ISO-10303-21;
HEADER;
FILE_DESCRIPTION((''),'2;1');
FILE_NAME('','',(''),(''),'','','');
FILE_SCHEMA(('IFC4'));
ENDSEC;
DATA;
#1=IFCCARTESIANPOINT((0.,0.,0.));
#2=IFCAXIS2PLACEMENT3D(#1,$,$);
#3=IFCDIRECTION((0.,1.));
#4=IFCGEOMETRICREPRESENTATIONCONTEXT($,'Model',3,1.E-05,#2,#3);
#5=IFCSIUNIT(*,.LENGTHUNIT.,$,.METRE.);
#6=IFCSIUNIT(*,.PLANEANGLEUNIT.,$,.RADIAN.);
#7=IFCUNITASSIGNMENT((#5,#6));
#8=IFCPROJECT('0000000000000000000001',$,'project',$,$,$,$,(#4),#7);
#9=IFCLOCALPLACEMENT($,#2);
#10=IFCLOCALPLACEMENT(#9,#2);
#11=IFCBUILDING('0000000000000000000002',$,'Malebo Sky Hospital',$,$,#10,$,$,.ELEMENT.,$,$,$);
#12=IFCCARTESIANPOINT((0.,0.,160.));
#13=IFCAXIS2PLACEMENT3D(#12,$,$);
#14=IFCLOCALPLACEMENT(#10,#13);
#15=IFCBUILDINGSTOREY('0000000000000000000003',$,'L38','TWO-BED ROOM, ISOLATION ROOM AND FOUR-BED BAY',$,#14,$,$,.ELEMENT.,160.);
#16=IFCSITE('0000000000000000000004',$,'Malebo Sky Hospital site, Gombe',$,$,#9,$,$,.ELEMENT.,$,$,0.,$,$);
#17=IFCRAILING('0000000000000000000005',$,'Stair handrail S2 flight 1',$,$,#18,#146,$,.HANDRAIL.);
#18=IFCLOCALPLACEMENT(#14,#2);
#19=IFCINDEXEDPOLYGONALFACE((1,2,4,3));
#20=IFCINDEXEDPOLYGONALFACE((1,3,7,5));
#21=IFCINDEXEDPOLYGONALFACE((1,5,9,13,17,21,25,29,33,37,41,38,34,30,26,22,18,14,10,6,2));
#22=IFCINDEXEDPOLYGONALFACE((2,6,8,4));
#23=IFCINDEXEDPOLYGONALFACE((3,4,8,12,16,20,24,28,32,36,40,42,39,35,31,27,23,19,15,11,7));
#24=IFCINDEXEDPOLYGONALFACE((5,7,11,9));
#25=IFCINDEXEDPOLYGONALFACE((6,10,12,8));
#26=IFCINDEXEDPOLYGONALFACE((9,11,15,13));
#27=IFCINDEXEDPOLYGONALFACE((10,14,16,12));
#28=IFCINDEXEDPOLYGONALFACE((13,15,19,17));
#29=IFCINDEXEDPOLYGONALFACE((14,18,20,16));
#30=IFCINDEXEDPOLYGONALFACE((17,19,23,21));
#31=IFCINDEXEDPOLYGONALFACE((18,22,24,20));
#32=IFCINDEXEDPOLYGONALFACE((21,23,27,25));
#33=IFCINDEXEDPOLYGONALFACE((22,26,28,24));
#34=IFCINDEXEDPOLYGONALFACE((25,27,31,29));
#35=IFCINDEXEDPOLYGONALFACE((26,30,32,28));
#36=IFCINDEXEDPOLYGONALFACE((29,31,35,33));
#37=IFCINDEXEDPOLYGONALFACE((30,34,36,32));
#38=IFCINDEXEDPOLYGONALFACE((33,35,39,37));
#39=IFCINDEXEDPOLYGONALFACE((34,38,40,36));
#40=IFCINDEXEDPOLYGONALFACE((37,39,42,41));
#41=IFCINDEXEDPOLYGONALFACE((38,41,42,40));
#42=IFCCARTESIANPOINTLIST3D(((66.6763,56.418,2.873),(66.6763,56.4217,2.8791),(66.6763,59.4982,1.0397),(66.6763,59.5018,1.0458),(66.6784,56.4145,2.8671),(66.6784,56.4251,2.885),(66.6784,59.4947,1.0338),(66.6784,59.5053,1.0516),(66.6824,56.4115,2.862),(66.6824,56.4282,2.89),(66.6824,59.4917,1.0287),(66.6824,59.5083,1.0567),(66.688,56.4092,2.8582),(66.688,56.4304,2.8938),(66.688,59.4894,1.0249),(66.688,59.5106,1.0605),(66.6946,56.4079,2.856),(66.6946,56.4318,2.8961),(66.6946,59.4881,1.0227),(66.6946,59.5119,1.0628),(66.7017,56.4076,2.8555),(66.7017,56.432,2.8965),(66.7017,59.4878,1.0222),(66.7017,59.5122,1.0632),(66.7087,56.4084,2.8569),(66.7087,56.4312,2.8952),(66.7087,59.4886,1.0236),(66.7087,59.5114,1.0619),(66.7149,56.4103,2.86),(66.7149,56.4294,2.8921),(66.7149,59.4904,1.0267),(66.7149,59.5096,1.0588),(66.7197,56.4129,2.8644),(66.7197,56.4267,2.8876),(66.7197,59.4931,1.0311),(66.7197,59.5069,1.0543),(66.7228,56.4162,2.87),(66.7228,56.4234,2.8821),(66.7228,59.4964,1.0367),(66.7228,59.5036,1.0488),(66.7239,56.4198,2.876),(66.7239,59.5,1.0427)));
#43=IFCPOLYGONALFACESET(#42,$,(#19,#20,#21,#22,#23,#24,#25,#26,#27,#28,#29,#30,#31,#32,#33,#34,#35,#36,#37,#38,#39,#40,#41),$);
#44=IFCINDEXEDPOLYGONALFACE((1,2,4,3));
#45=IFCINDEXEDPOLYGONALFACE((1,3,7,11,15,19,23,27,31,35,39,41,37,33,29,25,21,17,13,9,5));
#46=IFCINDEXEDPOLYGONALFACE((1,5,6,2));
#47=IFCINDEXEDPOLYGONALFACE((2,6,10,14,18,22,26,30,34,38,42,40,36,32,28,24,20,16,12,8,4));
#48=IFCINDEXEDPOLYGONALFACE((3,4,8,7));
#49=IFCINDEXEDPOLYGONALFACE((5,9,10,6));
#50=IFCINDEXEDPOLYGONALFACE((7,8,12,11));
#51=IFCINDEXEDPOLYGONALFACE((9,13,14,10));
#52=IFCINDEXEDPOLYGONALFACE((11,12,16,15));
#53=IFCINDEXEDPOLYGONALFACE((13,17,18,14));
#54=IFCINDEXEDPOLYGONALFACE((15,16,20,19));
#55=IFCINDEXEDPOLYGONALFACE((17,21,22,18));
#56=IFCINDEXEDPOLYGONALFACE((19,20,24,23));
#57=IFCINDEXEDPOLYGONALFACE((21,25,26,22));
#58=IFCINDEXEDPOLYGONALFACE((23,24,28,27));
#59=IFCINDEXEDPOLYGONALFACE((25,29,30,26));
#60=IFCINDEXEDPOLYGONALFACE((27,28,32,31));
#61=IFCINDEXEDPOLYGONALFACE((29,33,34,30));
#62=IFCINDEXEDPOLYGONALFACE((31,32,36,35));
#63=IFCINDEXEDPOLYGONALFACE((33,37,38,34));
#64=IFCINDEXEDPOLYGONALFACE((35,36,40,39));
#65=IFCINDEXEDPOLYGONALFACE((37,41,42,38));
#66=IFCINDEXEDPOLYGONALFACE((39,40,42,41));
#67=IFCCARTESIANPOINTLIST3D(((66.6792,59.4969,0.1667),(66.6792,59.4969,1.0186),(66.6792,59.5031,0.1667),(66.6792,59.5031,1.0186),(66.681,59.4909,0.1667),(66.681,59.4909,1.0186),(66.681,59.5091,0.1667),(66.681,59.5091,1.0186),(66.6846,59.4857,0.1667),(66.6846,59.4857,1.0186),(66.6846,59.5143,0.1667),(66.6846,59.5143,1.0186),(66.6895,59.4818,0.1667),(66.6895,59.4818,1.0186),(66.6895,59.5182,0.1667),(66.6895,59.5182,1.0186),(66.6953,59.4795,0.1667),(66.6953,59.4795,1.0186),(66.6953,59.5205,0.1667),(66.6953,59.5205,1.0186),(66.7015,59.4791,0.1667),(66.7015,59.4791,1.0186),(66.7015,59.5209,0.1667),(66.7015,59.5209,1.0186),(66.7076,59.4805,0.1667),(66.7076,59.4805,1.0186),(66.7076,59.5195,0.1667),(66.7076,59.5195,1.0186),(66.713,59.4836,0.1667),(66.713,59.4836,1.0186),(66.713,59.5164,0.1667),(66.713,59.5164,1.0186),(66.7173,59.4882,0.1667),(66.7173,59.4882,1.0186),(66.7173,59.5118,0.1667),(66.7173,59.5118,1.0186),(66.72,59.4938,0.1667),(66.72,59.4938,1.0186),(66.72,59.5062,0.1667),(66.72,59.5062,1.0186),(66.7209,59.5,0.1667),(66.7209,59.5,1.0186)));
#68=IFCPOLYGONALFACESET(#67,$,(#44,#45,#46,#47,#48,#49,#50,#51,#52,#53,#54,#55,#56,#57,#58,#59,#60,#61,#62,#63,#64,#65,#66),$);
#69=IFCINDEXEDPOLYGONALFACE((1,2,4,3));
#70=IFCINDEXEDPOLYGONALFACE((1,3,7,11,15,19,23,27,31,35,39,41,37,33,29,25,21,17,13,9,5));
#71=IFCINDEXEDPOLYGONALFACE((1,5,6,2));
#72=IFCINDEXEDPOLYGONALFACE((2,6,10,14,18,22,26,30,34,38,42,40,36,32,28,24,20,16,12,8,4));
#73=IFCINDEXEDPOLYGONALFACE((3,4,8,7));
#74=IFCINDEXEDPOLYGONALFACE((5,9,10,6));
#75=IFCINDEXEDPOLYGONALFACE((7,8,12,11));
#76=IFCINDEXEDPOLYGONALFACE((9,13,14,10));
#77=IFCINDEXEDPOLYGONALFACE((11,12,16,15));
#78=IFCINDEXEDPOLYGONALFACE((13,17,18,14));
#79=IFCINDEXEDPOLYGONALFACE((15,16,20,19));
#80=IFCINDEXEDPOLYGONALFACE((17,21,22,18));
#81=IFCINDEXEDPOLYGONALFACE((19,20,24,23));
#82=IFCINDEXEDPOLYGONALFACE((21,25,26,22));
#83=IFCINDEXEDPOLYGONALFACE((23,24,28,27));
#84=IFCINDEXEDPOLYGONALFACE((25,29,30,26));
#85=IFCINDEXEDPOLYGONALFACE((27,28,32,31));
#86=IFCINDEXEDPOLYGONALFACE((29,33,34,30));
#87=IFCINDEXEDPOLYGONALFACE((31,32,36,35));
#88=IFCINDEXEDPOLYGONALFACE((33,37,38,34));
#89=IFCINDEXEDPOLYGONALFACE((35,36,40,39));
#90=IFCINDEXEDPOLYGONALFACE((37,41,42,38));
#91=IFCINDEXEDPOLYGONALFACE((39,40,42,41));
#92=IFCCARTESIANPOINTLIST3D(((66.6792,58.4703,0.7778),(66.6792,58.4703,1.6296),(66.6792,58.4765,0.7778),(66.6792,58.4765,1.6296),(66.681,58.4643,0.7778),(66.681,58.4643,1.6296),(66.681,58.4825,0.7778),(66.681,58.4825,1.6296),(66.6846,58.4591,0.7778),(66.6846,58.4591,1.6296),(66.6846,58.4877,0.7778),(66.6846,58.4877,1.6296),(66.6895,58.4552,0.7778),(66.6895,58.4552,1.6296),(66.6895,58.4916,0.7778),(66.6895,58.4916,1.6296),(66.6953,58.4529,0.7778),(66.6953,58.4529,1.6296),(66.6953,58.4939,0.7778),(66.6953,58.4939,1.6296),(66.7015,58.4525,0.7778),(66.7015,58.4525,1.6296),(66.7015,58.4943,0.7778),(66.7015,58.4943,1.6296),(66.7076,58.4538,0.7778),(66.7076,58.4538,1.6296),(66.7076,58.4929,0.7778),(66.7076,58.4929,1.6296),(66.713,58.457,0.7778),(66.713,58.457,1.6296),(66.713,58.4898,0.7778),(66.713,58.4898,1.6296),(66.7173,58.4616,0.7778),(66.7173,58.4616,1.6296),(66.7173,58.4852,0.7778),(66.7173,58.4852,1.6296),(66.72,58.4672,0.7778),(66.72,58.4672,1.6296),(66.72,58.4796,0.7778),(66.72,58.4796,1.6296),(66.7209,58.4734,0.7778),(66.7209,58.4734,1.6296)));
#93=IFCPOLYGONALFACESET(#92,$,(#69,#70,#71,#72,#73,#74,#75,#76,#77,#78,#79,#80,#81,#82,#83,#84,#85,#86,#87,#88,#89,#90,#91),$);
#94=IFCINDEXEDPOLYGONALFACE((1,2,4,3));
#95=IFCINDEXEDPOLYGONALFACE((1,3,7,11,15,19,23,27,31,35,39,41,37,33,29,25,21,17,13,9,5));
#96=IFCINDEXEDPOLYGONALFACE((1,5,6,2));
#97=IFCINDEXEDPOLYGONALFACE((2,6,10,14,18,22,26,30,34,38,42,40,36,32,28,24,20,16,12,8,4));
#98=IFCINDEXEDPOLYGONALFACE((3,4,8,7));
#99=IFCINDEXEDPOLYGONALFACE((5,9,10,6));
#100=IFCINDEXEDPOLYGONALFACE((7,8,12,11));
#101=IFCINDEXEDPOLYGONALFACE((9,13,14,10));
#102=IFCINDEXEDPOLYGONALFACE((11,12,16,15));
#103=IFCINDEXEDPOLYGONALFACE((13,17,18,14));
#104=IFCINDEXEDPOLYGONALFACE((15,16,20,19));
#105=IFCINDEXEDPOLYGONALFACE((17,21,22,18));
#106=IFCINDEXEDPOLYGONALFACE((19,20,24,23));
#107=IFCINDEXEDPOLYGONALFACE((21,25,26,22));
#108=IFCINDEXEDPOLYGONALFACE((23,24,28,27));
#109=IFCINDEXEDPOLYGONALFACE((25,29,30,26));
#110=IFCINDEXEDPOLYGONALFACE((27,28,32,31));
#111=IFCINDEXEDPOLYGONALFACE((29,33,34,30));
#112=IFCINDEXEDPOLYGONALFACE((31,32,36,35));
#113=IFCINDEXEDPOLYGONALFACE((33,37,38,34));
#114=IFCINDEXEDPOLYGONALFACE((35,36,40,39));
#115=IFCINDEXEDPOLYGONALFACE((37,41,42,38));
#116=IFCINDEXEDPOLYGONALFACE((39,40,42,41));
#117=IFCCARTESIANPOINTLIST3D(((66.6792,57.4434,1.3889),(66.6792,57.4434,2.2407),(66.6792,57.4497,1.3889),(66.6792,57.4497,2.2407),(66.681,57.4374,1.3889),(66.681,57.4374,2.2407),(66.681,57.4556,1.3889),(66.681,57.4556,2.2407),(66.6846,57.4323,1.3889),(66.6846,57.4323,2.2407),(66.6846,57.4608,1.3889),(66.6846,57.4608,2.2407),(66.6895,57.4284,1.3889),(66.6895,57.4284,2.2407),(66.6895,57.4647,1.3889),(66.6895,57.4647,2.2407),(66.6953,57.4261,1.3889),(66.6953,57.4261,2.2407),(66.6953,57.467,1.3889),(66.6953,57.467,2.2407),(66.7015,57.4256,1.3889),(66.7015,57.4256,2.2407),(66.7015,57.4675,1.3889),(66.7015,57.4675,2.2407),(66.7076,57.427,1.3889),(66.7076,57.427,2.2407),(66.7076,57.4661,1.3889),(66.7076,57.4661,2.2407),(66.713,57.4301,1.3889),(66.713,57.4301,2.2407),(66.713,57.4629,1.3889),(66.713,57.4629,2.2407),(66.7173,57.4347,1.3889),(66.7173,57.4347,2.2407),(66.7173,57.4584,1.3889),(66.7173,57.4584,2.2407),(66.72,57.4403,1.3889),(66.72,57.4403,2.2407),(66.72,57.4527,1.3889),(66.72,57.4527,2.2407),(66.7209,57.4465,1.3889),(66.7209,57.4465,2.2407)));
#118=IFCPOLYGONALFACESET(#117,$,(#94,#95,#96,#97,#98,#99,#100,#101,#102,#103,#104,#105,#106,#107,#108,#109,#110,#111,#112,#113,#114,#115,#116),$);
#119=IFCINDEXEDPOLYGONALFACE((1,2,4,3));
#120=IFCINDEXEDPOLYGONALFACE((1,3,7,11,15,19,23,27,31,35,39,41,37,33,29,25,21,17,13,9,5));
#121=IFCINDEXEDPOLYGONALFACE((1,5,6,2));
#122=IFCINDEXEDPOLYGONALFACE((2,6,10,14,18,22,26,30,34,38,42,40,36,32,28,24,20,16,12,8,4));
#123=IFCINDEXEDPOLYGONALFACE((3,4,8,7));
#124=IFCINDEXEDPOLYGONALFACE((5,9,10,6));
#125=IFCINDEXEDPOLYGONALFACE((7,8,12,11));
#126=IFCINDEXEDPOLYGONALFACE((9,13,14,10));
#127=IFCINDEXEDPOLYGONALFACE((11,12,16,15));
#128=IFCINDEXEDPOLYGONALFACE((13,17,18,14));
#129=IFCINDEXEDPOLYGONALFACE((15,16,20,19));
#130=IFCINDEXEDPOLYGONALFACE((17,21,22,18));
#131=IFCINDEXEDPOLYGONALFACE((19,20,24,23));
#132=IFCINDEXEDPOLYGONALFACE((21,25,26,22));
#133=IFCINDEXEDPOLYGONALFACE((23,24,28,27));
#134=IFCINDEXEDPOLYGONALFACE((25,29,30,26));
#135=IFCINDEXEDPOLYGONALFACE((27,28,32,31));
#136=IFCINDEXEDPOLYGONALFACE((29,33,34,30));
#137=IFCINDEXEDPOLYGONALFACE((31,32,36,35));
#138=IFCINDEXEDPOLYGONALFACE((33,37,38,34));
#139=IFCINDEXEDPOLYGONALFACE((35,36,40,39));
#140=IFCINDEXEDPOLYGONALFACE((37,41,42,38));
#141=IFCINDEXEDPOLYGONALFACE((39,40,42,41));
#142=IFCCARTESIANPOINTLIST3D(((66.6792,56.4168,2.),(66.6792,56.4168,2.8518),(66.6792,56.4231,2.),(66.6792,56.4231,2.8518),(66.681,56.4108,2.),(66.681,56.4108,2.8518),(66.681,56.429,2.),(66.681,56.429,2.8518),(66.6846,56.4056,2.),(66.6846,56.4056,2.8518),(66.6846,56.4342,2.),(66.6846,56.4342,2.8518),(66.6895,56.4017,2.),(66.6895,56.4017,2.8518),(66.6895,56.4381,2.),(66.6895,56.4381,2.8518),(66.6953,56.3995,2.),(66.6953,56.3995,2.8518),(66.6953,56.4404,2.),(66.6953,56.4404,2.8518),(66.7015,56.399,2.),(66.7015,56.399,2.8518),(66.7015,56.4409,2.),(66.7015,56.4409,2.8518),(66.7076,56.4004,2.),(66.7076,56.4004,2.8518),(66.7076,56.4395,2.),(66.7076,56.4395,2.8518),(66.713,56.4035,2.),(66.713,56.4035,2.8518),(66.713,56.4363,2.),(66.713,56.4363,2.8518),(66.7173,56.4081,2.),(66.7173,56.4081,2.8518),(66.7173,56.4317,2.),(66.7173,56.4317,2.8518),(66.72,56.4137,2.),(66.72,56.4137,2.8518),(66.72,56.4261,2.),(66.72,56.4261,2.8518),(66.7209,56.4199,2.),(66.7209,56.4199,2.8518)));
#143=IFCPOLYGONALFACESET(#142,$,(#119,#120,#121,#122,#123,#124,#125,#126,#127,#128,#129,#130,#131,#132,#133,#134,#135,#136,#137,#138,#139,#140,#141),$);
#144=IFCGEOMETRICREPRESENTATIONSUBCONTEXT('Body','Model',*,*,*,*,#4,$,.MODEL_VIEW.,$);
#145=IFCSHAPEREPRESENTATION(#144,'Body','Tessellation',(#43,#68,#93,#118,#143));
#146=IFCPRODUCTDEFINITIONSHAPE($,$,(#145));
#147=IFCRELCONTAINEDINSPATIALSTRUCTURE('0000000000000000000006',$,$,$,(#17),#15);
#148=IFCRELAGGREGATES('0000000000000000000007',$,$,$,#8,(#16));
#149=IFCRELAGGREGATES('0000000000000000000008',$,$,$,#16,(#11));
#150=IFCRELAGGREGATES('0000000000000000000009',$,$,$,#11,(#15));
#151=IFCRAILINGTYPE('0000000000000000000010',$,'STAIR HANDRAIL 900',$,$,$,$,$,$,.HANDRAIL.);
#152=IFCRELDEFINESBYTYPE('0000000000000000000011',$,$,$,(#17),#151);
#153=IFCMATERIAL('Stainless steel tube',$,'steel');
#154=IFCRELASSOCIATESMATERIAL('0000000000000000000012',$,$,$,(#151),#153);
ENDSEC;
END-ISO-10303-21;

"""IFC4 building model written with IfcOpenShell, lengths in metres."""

from ifc_helpers import new_model, si_unit, direction, frame, origin, origin_2d, place, context, subcontext, project, spatial, circle, extrude, material, type_object, element, save


model = new_model("IFC4")

# Units and contexts
model_context = context("Model", 3, precision=1e-05, world=origin(), true_north=direction((0.0, 1.0)))
body_context = subcontext(model_context, "Body", "Model", "MODEL_VIEW")
ifc_project = project(units=[si_unit("LENGTHUNIT", "METRE"), si_unit("PLANEANGLEUNIT", "RADIAN")], contexts=[model_context])

# Site, building, storey
site_placement = place(None, origin())
site = spatial("IfcSite", under=ifc_project, at=site_placement, Name="Malebo Sky Hospital site, Gombe", CompositionType="ELEMENT", RefElevation=0.0)
building_placement = place(site_placement, origin())
building = spatial("IfcBuilding", under=site, at=building_placement, Name="Malebo Sky Hospital", CompositionType="ELEMENT")
storey_placement = place(building_placement, frame((0.0, 0.0, 160.0)))
storey = spatial("IfcBuildingStorey", under=building, at=storey_placement, Name="L38", Description="TWO-BED ROOM, ISOLATION ROOM AND FOUR-BED BAY", CompositionType="ELEMENT", Elevation=160.0)

# Railing
ifc_material_1 = material(Name="Stainless steel tube", Category="steel")
railing_type = type_object("IfcRailingType", Name="STAIR HANDRAIL 900", PredefinedType="HANDRAIL", material=ifc_material_1)
railing_1_placement = place(storey_placement, frame((66.7, 59.5, 0.1667)))
element("IfcRailing", 1, at=railing_1_placement, inside=storey, type_object=railing_type, Name="Stair handrail S2 flight 1", PredefinedType="HANDRAIL", context=body_context, shape_type="SweptSolid", body=[
    extrude(circle(Radius=0.0239, at=origin_2d()), frame((0.0, 0.0, 0.876), z_axis=(0.0, -0.859309, 0.511458), x_axis=(1.0, 0.0, 0.0)), (0.0, 0.0, 1.0), 3.5845),
    extrude(circle(Radius=0.021, at=origin_2d()), origin(), (0.0, 0.0, 1.0), 0.8518),
    extrude(circle(Radius=0.021, at=origin_2d()), frame((0.0, -1.0266, 0.6111)), (0.0, 0.0, 1.0), 0.8518),
    extrude(circle(Radius=0.021, at=origin_2d()), frame((0.0, -2.0535, 1.2222)), (0.0, 0.0, 1.0), 0.8518),
    extrude(circle(Radius=0.021, at=origin_2d()), frame((0.0, -3.0801, 1.8333)), (0.0, 0.0, 1.0), 0.8518),
])

save(model, "model.ifc")
